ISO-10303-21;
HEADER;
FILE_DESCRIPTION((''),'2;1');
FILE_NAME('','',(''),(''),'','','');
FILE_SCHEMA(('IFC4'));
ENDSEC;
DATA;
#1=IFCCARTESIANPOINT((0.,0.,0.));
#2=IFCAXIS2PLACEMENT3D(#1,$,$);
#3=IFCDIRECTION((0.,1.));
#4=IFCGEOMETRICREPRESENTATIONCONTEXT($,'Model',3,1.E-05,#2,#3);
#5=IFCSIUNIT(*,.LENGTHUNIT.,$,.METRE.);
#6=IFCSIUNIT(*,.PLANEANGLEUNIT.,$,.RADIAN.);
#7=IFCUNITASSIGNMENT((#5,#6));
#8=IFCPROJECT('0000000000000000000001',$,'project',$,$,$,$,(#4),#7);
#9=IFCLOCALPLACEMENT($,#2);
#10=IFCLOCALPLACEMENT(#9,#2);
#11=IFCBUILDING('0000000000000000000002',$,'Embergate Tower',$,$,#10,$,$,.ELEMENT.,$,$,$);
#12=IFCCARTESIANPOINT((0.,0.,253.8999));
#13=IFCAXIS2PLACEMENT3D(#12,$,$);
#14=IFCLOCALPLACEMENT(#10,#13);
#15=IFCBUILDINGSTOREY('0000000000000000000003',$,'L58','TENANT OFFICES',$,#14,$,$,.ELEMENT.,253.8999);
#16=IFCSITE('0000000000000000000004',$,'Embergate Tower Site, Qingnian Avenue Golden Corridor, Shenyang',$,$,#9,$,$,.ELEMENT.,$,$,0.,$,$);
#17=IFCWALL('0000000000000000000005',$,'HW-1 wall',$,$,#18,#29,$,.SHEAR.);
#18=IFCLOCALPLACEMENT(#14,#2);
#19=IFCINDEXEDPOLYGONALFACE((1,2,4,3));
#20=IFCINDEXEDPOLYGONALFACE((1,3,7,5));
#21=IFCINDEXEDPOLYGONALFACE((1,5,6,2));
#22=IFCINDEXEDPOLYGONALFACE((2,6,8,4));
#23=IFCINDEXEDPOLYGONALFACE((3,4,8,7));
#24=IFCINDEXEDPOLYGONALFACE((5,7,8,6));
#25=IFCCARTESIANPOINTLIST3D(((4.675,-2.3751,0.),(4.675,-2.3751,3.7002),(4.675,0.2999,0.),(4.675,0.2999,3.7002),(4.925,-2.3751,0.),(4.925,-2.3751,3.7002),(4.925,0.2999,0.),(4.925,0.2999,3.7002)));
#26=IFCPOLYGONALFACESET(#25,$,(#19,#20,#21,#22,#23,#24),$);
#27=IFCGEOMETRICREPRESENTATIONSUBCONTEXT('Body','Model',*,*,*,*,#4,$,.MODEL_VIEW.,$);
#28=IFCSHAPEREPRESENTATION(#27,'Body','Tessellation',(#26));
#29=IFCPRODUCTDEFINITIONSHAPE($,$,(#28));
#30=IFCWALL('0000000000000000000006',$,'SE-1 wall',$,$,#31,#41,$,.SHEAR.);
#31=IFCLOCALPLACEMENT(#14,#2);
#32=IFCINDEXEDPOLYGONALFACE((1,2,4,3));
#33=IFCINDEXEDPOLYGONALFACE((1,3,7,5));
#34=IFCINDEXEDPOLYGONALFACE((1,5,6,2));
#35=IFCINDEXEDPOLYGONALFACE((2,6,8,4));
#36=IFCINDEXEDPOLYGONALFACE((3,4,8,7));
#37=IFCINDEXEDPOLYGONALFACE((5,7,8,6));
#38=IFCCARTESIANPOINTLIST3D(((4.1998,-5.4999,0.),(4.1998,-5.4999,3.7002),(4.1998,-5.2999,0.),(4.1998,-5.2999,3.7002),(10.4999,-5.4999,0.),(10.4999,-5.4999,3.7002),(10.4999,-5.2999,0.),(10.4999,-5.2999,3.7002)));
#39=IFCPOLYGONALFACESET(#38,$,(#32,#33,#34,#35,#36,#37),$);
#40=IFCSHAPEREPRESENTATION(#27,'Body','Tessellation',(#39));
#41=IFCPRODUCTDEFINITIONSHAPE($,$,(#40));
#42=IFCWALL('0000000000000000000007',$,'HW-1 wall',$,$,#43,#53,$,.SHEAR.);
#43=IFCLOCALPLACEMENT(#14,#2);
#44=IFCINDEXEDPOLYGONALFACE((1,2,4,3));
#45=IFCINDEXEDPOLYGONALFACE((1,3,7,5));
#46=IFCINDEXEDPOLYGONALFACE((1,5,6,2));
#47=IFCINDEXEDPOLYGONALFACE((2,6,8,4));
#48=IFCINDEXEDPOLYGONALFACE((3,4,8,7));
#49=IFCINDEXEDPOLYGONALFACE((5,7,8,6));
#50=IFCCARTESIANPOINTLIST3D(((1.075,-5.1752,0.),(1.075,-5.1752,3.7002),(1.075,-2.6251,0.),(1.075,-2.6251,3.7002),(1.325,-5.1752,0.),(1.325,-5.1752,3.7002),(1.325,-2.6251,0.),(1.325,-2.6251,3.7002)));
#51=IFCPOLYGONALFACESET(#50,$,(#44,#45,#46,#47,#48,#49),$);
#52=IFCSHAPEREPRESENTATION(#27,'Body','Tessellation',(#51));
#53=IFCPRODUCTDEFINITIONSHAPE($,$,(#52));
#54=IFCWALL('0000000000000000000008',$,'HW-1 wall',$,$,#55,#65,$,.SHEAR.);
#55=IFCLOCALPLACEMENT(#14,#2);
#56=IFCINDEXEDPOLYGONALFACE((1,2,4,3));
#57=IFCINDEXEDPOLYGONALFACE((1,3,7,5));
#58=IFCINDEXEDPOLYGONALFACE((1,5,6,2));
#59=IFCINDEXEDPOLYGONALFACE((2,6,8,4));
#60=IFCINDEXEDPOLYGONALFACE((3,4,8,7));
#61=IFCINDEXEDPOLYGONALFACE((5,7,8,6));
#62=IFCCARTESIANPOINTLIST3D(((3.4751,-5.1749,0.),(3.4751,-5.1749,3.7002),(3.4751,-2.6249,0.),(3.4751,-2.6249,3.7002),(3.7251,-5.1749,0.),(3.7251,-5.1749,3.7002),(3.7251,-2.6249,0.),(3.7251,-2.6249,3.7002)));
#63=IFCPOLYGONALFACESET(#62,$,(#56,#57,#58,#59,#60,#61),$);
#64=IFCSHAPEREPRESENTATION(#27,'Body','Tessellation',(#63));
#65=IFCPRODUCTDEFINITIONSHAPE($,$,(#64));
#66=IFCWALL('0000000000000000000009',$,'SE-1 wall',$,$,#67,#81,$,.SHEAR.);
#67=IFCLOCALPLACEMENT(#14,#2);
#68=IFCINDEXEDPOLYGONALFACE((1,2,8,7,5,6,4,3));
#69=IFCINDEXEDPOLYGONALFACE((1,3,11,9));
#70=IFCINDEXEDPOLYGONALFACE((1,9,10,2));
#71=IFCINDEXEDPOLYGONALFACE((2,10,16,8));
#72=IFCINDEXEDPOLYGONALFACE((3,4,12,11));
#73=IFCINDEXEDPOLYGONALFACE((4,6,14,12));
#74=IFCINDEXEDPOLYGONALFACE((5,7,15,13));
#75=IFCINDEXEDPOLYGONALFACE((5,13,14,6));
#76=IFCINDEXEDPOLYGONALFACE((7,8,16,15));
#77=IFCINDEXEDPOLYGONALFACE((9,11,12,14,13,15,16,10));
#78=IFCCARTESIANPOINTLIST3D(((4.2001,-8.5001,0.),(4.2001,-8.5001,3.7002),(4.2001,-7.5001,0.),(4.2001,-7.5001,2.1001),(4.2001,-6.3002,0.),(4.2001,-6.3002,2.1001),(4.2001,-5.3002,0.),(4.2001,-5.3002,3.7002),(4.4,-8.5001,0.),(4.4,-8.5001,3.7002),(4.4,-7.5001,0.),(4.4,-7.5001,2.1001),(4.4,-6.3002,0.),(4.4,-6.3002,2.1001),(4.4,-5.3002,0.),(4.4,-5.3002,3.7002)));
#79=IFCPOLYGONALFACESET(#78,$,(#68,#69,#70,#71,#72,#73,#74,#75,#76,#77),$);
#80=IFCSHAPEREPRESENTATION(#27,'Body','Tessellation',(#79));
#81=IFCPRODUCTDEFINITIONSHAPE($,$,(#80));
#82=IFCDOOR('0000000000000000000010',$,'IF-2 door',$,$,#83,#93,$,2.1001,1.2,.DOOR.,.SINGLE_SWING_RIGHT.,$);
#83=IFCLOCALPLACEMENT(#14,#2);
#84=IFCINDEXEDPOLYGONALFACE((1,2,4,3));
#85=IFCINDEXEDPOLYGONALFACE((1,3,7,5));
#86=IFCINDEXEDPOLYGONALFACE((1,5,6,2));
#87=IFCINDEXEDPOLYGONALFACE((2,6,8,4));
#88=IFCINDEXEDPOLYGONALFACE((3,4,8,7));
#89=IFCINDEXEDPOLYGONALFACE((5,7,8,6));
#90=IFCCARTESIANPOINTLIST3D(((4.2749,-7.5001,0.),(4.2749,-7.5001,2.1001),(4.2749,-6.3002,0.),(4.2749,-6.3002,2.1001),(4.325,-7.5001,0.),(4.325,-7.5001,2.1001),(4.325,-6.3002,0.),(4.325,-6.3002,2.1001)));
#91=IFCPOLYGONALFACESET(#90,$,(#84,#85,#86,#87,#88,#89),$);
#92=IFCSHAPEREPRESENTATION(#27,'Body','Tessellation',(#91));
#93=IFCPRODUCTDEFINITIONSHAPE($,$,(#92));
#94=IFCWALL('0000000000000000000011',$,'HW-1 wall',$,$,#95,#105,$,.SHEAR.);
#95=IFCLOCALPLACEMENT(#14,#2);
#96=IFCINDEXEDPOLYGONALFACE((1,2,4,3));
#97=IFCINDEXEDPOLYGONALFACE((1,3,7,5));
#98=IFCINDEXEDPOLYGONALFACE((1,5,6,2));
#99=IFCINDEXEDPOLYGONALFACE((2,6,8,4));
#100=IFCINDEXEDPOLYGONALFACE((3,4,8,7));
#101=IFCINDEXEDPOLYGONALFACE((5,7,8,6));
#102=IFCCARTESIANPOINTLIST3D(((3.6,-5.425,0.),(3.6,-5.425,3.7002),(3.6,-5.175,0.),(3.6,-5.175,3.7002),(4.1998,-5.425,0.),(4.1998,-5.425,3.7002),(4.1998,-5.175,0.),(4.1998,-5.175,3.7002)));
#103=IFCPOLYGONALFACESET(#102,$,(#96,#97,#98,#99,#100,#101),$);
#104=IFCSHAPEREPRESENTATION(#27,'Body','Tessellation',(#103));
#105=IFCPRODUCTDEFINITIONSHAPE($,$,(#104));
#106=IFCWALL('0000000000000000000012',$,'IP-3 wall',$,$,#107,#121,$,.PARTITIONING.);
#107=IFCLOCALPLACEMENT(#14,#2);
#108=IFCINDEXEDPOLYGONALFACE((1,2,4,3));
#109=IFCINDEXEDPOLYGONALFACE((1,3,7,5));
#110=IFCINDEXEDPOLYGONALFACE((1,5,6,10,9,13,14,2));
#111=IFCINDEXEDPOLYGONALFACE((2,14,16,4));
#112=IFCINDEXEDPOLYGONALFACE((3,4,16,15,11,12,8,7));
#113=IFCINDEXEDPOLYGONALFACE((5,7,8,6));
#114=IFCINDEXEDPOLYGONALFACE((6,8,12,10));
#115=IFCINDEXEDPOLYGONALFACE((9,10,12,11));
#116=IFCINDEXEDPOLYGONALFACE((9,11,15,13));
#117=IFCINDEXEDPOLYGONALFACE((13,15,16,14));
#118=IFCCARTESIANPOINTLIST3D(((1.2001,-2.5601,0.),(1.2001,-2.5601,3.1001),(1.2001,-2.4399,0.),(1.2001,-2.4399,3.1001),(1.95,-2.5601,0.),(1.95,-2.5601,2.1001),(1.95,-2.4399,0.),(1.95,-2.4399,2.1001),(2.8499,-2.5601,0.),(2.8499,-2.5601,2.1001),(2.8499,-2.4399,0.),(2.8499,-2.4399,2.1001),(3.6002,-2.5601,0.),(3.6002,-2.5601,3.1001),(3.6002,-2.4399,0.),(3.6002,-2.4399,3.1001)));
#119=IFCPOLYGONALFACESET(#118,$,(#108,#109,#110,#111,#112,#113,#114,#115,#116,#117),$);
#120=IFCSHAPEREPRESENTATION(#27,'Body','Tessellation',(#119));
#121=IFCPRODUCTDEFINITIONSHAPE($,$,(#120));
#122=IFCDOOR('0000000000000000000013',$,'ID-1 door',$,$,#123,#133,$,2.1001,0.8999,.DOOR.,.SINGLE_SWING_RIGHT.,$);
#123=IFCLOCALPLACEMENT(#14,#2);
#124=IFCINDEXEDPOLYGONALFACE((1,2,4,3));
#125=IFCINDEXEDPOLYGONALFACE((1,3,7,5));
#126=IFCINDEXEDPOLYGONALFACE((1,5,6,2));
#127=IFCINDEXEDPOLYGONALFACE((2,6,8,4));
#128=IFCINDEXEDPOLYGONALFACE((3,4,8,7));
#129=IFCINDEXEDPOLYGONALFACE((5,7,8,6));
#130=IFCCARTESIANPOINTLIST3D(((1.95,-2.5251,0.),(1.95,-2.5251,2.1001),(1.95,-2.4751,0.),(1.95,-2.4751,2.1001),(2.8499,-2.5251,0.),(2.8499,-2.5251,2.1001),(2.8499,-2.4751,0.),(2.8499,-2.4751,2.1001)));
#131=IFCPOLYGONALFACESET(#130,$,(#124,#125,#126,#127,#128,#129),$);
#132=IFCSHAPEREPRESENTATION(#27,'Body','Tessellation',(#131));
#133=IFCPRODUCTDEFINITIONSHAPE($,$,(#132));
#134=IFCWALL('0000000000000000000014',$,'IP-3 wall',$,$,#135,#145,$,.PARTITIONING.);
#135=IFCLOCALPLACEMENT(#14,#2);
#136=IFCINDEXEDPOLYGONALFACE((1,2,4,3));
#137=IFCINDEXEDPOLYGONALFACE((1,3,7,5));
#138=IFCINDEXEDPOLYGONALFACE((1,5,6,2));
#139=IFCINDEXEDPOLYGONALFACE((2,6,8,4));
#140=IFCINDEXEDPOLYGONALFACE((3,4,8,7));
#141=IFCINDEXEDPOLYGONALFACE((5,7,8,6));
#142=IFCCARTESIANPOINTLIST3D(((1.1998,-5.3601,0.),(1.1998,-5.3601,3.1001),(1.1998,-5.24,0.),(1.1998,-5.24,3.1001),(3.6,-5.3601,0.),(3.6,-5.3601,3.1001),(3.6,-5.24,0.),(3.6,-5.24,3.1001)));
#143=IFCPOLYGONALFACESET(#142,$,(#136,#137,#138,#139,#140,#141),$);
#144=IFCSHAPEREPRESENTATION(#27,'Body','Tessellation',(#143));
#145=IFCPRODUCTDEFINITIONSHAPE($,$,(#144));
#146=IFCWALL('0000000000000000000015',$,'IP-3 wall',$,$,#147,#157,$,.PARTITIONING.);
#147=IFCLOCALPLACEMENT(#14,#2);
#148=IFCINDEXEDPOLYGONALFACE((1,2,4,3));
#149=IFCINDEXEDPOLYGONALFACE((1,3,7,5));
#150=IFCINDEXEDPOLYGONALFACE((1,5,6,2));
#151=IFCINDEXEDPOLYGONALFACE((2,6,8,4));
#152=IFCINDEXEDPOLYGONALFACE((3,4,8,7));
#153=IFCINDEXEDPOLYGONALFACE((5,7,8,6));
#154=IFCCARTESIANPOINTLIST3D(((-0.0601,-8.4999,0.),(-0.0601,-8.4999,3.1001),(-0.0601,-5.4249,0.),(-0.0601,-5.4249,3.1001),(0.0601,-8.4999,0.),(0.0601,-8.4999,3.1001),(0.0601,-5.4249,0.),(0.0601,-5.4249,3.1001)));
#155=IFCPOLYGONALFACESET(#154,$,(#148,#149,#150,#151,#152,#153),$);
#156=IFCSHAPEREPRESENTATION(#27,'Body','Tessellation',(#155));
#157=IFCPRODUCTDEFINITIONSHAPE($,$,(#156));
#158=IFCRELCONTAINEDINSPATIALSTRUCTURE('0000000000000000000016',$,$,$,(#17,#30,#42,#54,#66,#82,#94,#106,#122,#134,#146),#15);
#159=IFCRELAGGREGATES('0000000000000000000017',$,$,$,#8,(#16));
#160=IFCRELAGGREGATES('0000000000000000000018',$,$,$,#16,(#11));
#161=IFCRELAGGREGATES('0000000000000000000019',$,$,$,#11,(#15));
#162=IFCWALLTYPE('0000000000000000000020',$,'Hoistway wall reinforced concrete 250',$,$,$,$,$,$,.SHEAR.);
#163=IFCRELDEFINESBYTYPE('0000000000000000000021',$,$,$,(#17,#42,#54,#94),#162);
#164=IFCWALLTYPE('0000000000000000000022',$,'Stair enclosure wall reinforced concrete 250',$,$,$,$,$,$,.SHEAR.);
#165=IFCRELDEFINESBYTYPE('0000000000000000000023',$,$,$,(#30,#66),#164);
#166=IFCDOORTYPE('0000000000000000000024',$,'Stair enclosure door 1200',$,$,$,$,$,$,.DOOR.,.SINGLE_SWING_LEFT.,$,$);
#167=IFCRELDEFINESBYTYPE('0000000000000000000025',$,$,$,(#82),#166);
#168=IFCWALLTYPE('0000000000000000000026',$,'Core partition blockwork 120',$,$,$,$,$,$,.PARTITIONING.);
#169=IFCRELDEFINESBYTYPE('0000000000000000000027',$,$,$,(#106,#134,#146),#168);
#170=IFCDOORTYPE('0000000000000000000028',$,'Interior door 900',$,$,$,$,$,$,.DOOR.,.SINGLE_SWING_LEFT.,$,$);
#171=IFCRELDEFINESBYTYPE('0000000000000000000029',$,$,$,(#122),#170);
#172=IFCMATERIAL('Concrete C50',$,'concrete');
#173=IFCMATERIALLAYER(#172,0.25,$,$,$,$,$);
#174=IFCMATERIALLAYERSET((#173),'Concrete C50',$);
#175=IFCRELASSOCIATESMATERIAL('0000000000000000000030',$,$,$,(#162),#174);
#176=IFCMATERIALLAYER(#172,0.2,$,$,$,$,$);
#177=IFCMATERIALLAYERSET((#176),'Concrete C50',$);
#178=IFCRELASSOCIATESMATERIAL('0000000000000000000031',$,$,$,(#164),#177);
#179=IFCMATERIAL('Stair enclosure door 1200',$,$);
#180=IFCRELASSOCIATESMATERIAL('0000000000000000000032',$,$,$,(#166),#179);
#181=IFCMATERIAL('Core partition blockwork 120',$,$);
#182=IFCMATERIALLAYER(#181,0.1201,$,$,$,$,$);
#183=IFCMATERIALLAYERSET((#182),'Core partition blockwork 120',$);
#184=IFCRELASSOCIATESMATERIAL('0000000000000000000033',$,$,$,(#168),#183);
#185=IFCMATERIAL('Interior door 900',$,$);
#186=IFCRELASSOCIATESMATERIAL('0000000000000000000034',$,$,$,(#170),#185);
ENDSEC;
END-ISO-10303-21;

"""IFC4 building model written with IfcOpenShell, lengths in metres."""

from ifc_helpers import new_model, si_unit, direction, frame, frame_2d, origin, place, context, subcontext, project, spatial, rectangle, extrude, source, transform, mapped, material, layer, layer_set, type_object, element, fill, save


model = new_model("IFC4")

# Units and contexts
model_context = context("Model", 3, precision=1e-05, world=origin(), true_north=direction((0.0, 1.0)))
body_context = subcontext(model_context, "Body", "Model", "MODEL_VIEW")
ifc_project = project(units=[si_unit("LENGTHUNIT", "METRE"), si_unit("PLANEANGLEUNIT", "RADIAN")], contexts=[model_context])

# Site, building, storey
site_placement = place(None, origin())
site = spatial("IfcSite", under=ifc_project, at=site_placement, Name="Embergate Tower Site, Qingnian Avenue Golden Corridor, Shenyang", CompositionType="ELEMENT", RefElevation=0.0)
building_placement = place(site_placement, origin())
building = spatial("IfcBuilding", under=site, at=building_placement, Name="Embergate Tower", CompositionType="ELEMENT")
storey_placement = place(building_placement, frame((0.0, 0.0, 253.8999)))
storey = spatial("IfcBuildingStorey", under=building, at=storey_placement, Name="L58", Description="TENANT OFFICES", CompositionType="ELEMENT", Elevation=253.8999)

# Walls
ifc_material_1 = material(Name="Concrete C50", Category="concrete")
ifc_layer_1 = layer(ifc_material_1, 0.25)
ifc_layer_set_1 = layer_set([ifc_layer_1], Name="Concrete C50")
wall_type_1 = type_object("IfcWallType", Name="Hoistway wall reinforced concrete 250", PredefinedType="SHEAR", material=ifc_layer_set_1)
shared_shape_1 = source(origin(), body_context, "Body", "SweptSolid", [
    extrude(rectangle(XDim=2.675, YDim=0.25, at=frame_2d((1.3374, 0.0))), origin(), (0.0, 0.0, 1.0), 3.7002),
])
wall_1_placement = place(storey_placement, frame((4.8, -2.375, 0.0), z_axis=(0.0, 0.0, 1.0), x_axis=(0.0, 1.0, 0.0)))
element("IfcWall", 1, at=wall_1_placement, inside=storey, type_object=wall_type_1, Name="HW-1 wall", PredefinedType="SHEAR", context=body_context, shape_type="MappedRepresentation", body=[
    mapped(shared_shape_1, transform((0.0, 0.0, 0.0))),
])
ifc_layer_2 = layer(ifc_material_1, 0.2)
ifc_layer_set_2 = layer_set([ifc_layer_2], Name="Concrete C50")
wall_type_2 = type_object("IfcWallType", Name="Stair enclosure wall reinforced concrete 250", PredefinedType="SHEAR", material=ifc_layer_set_2)
shared_shape_2 = source(origin(), body_context, "Body", "SweptSolid", [
    extrude(rectangle(XDim=6.3, YDim=0.2, at=frame_2d((3.1499, 0.0))), origin(), (0.0, 0.0, 1.0), 3.7002),
])
wall_2_placement = place(storey_placement, frame((4.2, -5.3999, 0.0), z_axis=(0.0, 0.0, 1.0), x_axis=(1.0, 0.0, 0.0)))
element("IfcWall", 2, at=wall_2_placement, inside=storey, type_object=wall_type_2, Name="SE-1 wall", PredefinedType="SHEAR", context=body_context, shape_type="MappedRepresentation", body=[
    mapped(shared_shape_2, transform((0.0, 0.0, 0.0))),
])
shared_shape_3 = source(origin(), body_context, "Body", "SweptSolid", [
    extrude(rectangle(XDim=2.55, YDim=0.25, at=frame_2d((1.2749, 0.0))), origin(), (0.0, 0.0, 1.0), 3.7002),
])
for number, where, z_axis, x_axis, name in (
    (3, (1.2, -5.175, 0.0), (0.0, 0.0, 1.0), (0.0, 1.0, 0.0), "HW-1 wall"),
    (4, (3.6001, -2.625, 0.0), (0.0, 0.0, 1.0), (0.0, -1.0, 0.0), "HW-1 wall"),
):
    element("IfcWall", number, at=place(storey_placement, frame(where, z_axis=z_axis, x_axis=x_axis)), inside=storey, type_object=wall_type_1, Name=name, PredefinedType="SHEAR", context=body_context, shape_type="MappedRepresentation", body=[
        mapped(shared_shape_3, transform((0.0, 0.0, 0.0))),
    ])

# Wall, opening, door
shared_shape_4 = source(origin(), body_context, "Body", "SweptSolid", [
    extrude(rectangle(XDim=3.2, YDim=0.2, at=frame_2d((1.6001, 0.0))), origin(), (0.0, 0.0, 1.0), 3.7002),
])
wall_3_placement = place(storey_placement, frame((4.3, -5.3, 0.0), z_axis=(0.0, 0.0, 1.0), x_axis=(0.0, -1.0, 0.0)))
wall_3 = element("IfcWall", 5, at=wall_3_placement, inside=storey, type_object=wall_type_2, Name="SE-1 wall", PredefinedType="SHEAR", context=body_context, shape_type="MappedRepresentation", body=[
    mapped(shared_shape_4, transform((0.0, 0.0, 0.0))),
])
shared_shape_5 = source(origin(), body_context, "Body", "SweptSolid", [
    extrude(rectangle(XDim=1.2, YDim=2.1001, at=frame_2d((0.6001, 1.05))), frame((0.0, 0.1099, 0.0), z_axis=(0.0, -1.0, 0.0), x_axis=(1.0, 0.0, 0.0)), (0.0, 0.0, 1.0), 0.22),
])
opening_1_placement = place(wall_3_placement, frame((1.0, 0.0, 0.0)))
opening_1 = element("IfcOpeningElement", 6, at=opening_1_placement, cuts=wall_3, PredefinedType="OPENING", context=body_context, shape_type="MappedRepresentation", body=[
    mapped(shared_shape_5, transform((0.0, 0.0, 0.0))),
])
ifc_material_2 = material(Name="Stair enclosure door 1200")
door_type_1 = type_object("IfcDoorType", Name="Stair enclosure door 1200", OperationType="SINGLE_SWING_LEFT", PredefinedType="DOOR", material=ifc_material_2)
shared_shape_6 = source(origin(), body_context, "Body", "SweptSolid", [
    extrude(rectangle(XDim=1.2, YDim=2.1001, at=frame_2d((0.6001, 1.05))), frame((0.0, 0.0249, 0.0), z_axis=(0.0, -1.0, 0.0), x_axis=(1.0, 0.0, 0.0)), (0.0, 0.0, 1.0), 0.05),
])
door_1_placement = place(opening_1_placement, origin())
door_1 = element("IfcDoor", 7, at=door_1_placement, inside=storey, type_object=door_type_1, Name="IF-2 door", OperationType="SINGLE_SWING_RIGHT", OverallHeight=2.1001, OverallWidth=1.2, PredefinedType="DOOR", context=body_context, shape_type="MappedRepresentation", body=[
    mapped(shared_shape_6, transform((0.0, 0.0, 0.0))),
])
fill(opening_1, door_1)

# Wall
shared_shape_7 = source(origin(), body_context, "Body", "SweptSolid", [
    extrude(rectangle(XDim=0.5999, YDim=0.25, at=frame_2d((0.2998, 0.0))), origin(), (0.0, 0.0, 1.0), 3.7002),
])
wall_4_placement = place(storey_placement, frame((3.6001, -5.3, 0.0), z_axis=(0.0, 0.0, 1.0), x_axis=(1.0, 0.0, 0.0)))
element("IfcWall", 8, at=wall_4_placement, inside=storey, type_object=wall_type_1, Name="HW-1 wall", PredefinedType="SHEAR", context=body_context, shape_type="MappedRepresentation", body=[
    mapped(shared_shape_7, transform((0.0, 0.0, 0.0))),
])

# Wall, opening, door
ifc_material_3 = material(Name="Core partition blockwork 120")
ifc_layer_3 = layer(ifc_material_3, 0.1201)
ifc_layer_set_3 = layer_set([ifc_layer_3], Name="Core partition blockwork 120")
wall_type_3 = type_object("IfcWallType", Name="Core partition blockwork 120", PredefinedType="PARTITIONING", material=ifc_layer_set_3)
shared_shape_8 = source(origin(), body_context, "Body", "SweptSolid", [
    extrude(rectangle(XDim=2.4001, YDim=0.1201, at=frame_2d((1.2002, 0.0))), origin(), (0.0, 0.0, 1.0), 3.1001),
])
wall_5_placement = place(storey_placement, frame((1.2, -2.5, 0.0), z_axis=(0.0, 0.0, 1.0), x_axis=(1.0, 0.0, 0.0)))
wall_5 = element("IfcWall", 9, at=wall_5_placement, inside=storey, type_object=wall_type_3, Name="IP-3 wall", PredefinedType="PARTITIONING", context=body_context, shape_type="MappedRepresentation", body=[
    mapped(shared_shape_8, transform((0.0, 0.0, 0.0))),
])
shared_shape_9 = source(origin(), body_context, "Body", "SweptSolid", [
    extrude(rectangle(XDim=0.8999, YDim=2.1001, at=frame_2d((0.45, 1.05))), frame((0.0, 0.0701, 0.0), z_axis=(0.0, -1.0, 0.0), x_axis=(1.0, 0.0, 0.0)), (0.0, 0.0, 1.0), 0.1401),
])
opening_2_placement = place(wall_5_placement, frame((0.75, 0.0, 0.0)))
opening_2 = element("IfcOpeningElement", 10, at=opening_2_placement, cuts=wall_5, PredefinedType="OPENING", context=body_context, shape_type="MappedRepresentation", body=[
    mapped(shared_shape_9, transform((0.0, 0.0, 0.0))),
])
ifc_material_4 = material(Name="Interior door 900")
door_type_2 = type_object("IfcDoorType", Name="Interior door 900", OperationType="SINGLE_SWING_LEFT", PredefinedType="DOOR", material=ifc_material_4)
shared_shape_10 = source(origin(), body_context, "Body", "SweptSolid", [
    extrude(rectangle(XDim=0.8999, YDim=2.1001, at=frame_2d((0.45, 1.05))), frame((0.0, 0.0249, 0.0), z_axis=(0.0, -1.0, 0.0), x_axis=(1.0, 0.0, 0.0)), (0.0, 0.0, 1.0), 0.05),
])
door_2_placement = place(opening_2_placement, origin())
door_2 = element("IfcDoor", 11, at=door_2_placement, inside=storey, type_object=door_type_2, Name="ID-1 door", OperationType="SINGLE_SWING_RIGHT", OverallHeight=2.1001, OverallWidth=0.8999, PredefinedType="DOOR", context=body_context, shape_type="MappedRepresentation", body=[
    mapped(shared_shape_10, transform((0.0, 0.0, 0.0))),
])
fill(opening_2, door_2)

# Walls
wall_6_placement = place(storey_placement, frame((3.6001, -5.3, 0.0), z_axis=(0.0, 0.0, 1.0), x_axis=(-1.0, 0.0, 0.0)))
element("IfcWall", 12, at=wall_6_placement, inside=storey, type_object=wall_type_3, Name="IP-3 wall", PredefinedType="PARTITIONING", context=body_context, shape_type="MappedRepresentation", body=[
    mapped(shared_shape_8, transform((0.0, 0.0, 0.0))),
])
shared_shape_11 = source(origin(), body_context, "Body", "SweptSolid", [
    extrude(rectangle(XDim=3.075, YDim=0.1201, at=frame_2d((1.5376, 0.0))), origin(), (0.0, 0.0, 1.0), 3.1001),
])
wall_7_placement = place(storey_placement, frame((0.0, -8.5, 0.0), z_axis=(0.0, 0.0, 1.0), x_axis=(0.0, 1.0, 0.0)))
element("IfcWall", 13, at=wall_7_placement, inside=storey, type_object=wall_type_3, Name="IP-3 wall", PredefinedType="PARTITIONING", context=body_context, shape_type="MappedRepresentation", body=[
    mapped(shared_shape_11, transform((0.0, 0.0, 0.0))),
])

save(model, "model.ifc")
